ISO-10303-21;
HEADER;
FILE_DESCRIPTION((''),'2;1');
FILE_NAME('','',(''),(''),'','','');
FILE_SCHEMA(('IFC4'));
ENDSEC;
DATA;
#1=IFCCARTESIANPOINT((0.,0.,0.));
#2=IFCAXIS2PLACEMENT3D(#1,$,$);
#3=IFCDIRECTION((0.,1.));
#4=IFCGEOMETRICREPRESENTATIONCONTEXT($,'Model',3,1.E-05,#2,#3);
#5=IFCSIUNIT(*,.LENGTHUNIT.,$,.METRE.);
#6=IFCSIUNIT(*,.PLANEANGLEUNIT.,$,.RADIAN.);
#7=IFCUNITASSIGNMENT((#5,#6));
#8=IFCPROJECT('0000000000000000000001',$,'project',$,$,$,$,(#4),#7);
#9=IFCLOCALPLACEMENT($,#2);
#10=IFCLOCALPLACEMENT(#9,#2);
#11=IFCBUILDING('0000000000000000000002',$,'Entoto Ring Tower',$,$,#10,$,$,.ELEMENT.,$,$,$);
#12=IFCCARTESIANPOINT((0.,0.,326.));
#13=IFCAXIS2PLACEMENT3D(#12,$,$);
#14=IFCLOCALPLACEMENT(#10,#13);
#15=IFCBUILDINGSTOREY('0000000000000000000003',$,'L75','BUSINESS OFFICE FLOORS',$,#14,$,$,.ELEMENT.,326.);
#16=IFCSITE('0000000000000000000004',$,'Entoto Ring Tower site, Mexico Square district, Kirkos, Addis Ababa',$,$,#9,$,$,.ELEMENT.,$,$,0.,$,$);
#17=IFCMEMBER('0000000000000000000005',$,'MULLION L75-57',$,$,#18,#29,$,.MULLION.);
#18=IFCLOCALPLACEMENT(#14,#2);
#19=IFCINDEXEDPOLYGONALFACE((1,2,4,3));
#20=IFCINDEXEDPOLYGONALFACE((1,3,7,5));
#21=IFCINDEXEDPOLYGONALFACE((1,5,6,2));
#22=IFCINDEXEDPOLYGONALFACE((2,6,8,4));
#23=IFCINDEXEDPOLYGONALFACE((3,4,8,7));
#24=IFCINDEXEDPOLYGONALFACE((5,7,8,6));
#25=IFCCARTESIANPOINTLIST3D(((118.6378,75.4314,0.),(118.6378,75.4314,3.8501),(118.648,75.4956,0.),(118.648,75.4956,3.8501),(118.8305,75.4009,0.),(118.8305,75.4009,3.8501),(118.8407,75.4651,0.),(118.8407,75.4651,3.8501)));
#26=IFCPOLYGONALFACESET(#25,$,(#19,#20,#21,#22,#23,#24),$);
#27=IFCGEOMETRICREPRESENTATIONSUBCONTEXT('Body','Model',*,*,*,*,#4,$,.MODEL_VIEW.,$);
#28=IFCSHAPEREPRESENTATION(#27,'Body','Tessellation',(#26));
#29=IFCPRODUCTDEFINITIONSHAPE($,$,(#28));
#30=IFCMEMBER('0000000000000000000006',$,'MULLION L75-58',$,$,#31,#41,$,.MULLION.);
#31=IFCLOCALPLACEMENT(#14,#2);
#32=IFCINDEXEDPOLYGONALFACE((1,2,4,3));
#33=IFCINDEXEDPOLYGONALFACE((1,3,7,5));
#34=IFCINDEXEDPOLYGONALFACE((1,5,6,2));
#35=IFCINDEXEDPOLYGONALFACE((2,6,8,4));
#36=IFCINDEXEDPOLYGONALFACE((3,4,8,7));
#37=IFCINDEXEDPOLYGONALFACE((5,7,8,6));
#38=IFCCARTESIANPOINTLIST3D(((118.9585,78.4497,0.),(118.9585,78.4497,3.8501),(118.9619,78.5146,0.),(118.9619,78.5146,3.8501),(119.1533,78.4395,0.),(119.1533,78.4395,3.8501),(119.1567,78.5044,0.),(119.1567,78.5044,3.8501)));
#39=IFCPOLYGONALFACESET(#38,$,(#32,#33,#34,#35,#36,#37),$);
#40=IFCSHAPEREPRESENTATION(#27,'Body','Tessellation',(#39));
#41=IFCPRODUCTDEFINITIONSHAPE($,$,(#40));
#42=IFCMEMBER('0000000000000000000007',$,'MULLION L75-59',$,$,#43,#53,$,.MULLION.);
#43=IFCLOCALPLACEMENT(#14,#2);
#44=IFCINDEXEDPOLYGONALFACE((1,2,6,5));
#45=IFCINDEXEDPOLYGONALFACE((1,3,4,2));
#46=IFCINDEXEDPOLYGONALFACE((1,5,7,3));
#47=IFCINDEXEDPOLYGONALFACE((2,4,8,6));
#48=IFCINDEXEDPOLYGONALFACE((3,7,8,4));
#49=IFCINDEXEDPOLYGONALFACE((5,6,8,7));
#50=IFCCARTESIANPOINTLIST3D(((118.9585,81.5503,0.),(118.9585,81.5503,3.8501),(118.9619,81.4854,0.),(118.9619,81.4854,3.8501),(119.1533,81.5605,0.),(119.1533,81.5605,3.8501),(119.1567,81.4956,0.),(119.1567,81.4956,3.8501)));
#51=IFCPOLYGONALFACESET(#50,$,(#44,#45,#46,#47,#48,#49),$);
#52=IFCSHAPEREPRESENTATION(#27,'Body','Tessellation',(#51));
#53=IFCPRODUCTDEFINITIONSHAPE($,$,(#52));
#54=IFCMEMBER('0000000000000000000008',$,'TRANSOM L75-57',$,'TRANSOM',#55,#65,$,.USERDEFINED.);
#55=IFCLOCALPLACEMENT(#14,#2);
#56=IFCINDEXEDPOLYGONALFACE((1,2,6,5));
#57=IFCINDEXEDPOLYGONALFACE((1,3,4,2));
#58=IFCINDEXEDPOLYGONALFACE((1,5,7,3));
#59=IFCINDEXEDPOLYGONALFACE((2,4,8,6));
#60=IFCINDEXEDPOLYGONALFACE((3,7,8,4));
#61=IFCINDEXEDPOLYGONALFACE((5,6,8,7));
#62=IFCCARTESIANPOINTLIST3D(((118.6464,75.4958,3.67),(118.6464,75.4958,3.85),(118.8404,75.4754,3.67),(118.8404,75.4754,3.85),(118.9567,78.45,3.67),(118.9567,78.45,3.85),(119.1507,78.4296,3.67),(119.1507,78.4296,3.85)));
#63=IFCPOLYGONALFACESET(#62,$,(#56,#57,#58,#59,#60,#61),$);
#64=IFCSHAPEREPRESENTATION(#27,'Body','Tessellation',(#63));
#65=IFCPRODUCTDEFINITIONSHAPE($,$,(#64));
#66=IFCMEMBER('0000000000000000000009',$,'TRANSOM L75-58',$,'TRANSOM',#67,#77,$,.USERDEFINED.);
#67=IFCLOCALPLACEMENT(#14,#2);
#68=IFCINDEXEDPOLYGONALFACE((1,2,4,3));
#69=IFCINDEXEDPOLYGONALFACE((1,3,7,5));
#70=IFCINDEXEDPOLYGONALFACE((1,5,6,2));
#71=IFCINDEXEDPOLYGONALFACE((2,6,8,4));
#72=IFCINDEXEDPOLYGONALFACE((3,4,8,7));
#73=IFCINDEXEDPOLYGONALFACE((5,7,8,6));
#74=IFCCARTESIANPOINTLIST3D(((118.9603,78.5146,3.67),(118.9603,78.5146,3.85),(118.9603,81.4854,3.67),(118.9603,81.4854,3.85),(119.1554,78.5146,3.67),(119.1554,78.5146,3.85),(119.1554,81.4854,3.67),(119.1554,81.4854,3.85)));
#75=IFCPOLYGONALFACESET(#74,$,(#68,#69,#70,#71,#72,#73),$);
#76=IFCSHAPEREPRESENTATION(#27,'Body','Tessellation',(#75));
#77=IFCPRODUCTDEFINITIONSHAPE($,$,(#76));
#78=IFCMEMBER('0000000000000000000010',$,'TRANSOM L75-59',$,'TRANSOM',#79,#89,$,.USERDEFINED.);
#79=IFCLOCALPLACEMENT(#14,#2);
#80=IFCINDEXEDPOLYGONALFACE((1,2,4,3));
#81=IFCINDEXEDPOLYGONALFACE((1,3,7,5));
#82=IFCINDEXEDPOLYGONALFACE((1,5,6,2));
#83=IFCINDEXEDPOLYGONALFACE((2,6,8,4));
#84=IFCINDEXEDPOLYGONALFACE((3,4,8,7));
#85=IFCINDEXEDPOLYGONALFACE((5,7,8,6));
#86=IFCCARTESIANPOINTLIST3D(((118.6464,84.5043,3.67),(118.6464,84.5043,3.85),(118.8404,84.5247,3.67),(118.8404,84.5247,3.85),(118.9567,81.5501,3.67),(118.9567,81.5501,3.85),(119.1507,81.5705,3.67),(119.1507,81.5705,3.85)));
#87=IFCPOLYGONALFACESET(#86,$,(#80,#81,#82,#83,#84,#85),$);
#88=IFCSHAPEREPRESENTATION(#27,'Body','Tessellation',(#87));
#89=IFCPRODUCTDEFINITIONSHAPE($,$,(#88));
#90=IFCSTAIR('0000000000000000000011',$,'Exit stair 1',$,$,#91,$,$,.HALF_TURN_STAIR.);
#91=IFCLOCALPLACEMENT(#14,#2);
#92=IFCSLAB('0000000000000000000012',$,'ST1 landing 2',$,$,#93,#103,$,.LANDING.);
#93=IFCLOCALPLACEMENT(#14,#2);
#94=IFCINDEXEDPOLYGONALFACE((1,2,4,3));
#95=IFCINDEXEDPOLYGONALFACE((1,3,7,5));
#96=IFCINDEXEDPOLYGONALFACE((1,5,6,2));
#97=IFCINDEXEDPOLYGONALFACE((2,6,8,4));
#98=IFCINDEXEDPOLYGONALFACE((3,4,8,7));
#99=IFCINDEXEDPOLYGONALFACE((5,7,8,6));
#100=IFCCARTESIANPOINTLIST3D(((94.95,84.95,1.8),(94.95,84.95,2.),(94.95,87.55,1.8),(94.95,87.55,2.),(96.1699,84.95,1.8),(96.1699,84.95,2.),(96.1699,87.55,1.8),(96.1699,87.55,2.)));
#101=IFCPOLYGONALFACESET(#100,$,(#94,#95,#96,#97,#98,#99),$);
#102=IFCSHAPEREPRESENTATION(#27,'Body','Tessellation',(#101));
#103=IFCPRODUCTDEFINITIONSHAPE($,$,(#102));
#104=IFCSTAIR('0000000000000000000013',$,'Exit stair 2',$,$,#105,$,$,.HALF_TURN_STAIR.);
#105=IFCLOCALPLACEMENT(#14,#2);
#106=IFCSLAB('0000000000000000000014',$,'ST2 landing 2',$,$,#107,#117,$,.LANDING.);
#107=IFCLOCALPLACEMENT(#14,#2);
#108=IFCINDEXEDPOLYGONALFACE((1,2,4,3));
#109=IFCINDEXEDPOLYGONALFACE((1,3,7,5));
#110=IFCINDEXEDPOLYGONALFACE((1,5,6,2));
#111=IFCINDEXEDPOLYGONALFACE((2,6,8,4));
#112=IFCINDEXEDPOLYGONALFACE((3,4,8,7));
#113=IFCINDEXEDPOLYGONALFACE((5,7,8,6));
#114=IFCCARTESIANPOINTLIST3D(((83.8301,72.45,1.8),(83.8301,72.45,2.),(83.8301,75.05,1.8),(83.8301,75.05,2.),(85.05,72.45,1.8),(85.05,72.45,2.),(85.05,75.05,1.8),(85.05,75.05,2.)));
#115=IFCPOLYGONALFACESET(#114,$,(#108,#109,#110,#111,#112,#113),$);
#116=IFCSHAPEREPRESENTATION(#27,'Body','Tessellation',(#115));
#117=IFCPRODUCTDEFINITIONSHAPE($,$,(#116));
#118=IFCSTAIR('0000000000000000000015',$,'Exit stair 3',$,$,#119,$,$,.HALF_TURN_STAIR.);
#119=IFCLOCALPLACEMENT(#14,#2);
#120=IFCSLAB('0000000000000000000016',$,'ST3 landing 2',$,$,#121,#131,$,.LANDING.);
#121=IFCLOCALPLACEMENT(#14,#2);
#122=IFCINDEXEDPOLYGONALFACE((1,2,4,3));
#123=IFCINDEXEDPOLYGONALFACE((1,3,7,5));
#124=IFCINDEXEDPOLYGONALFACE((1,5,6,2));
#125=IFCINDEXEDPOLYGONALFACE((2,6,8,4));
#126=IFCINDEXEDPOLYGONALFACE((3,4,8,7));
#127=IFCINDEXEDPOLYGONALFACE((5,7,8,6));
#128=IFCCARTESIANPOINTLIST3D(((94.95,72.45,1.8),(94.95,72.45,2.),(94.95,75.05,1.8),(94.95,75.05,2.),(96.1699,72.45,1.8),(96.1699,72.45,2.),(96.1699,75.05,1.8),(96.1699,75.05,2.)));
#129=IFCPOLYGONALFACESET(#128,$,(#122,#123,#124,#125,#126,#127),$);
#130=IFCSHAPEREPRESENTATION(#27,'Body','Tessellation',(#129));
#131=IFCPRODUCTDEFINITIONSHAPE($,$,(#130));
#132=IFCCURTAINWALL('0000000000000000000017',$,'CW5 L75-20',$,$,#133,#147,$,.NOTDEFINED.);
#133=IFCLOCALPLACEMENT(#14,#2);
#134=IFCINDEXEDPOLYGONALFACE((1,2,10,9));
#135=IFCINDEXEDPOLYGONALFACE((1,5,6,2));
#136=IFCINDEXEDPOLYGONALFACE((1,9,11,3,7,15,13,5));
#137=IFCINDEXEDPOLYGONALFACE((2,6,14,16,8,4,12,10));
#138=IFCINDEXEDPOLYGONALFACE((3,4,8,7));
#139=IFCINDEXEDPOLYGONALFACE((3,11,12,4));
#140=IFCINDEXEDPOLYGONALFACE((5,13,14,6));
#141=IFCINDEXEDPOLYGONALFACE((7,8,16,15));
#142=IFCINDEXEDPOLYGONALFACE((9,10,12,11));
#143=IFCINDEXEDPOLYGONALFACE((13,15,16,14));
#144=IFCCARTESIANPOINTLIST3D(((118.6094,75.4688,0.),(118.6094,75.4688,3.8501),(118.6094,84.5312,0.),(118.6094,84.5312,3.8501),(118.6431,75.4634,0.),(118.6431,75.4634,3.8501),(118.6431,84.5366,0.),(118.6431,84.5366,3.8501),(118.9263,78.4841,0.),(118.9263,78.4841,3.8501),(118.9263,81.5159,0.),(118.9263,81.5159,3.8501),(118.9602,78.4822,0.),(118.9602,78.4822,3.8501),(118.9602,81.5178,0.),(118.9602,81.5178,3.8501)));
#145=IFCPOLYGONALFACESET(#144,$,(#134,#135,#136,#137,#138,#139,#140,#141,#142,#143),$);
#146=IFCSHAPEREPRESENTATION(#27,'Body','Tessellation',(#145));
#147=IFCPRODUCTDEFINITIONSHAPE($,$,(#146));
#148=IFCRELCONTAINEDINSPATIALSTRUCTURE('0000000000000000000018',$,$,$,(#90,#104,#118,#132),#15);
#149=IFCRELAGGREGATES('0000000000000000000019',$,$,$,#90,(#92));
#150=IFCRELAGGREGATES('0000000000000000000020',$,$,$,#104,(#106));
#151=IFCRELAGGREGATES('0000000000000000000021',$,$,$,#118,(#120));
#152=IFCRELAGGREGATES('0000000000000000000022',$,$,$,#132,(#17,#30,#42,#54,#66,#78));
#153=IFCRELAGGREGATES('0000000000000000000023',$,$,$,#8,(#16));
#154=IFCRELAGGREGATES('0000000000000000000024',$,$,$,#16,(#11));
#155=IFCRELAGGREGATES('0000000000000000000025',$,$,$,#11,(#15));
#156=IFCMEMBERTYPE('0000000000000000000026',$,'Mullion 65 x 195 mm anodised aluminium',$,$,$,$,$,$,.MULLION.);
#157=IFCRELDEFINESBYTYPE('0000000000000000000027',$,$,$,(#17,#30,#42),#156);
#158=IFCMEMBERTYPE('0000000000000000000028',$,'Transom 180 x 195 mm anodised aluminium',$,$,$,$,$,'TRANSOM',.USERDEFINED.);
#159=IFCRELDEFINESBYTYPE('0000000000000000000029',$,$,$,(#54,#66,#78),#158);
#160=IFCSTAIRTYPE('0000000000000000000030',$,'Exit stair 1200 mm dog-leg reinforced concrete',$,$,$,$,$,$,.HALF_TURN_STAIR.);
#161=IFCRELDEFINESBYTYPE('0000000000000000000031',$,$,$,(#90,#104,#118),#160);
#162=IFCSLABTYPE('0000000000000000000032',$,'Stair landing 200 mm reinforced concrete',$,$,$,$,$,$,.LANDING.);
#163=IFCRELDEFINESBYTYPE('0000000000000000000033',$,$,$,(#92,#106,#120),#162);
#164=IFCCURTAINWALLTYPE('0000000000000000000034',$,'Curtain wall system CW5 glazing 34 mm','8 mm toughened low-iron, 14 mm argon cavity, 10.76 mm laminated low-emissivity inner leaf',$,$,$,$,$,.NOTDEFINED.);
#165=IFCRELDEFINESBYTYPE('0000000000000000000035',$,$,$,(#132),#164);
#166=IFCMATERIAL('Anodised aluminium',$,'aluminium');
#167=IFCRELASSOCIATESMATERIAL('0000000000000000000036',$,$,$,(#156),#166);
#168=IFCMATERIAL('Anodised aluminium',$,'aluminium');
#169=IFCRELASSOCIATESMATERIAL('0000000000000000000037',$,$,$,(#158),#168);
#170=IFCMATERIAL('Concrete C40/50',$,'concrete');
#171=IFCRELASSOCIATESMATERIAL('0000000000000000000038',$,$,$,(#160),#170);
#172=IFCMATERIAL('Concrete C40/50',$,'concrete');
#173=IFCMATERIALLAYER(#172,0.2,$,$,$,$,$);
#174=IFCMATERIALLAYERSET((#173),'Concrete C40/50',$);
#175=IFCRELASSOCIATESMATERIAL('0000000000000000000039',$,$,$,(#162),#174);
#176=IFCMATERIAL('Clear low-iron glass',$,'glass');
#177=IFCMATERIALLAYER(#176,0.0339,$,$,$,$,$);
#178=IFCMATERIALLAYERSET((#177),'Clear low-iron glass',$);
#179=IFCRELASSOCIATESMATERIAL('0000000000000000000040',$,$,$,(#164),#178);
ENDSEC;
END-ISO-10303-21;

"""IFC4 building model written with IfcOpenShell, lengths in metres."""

from ifc_helpers import new_model, si_unit, direction, frame, origin, origin_2d, place, context, subcontext, project, spatial, polyline, rectangle, outline, extrude, material, layer, layer_set, material_profile, profile_set, type_object, element, aggregate, save


model = new_model("IFC4")

# Units and contexts
model_context = context("Model", 3, precision=1e-05, world=origin(), true_north=direction((0.0, 1.0)))
body_context = subcontext(model_context, "Body", "Model", "MODEL_VIEW")
ifc_project = project(units=[si_unit("LENGTHUNIT", "METRE"), si_unit("PLANEANGLEUNIT", "RADIAN")], contexts=[model_context])

# Members
ifc_material_1 = material(Name="Anodised aluminium", Category="aluminium")
ifc_material_profile_1 = material_profile(ifc_material_1, rectangle(XDim=0.0649, YDim=0.1951, at=origin_2d()), Name="Mullion 65 x 195 mm anodised aluminium")
ifc_profile_set_1 = profile_set([ifc_material_profile_1], Name="Anodised aluminium")
member_type_1 = type_object("IfcMemberType", Name="Mullion 65 x 195 mm anodised aluminium", PredefinedType="MULLION", material=ifc_profile_set_1)
site_placement = place(None, origin())
building_placement = place(site_placement, origin())
storey_placement = place(building_placement, frame((0.0, 0.0, 326.0)))
member_1_placement = place(storey_placement, frame((118.7393, 75.4482, 0.0), z_axis=(0.0, 0.0, 1.0), x_axis=(0.156434, 0.987688, 0.0)))
member_1 = element("IfcMember", 1, at=member_1_placement, type_object=member_type_1, Name="MULLION L75-57", PredefinedType="MULLION", context=body_context, shape_type="SweptSolid", body=[
    extrude(rectangle(XDim=0.0649, YDim=0.1951, at=origin_2d()), origin(), (0.0, 0.0, 1.0), 3.8501),
])
member_2_placement = place(storey_placement, frame((119.0576, 78.4771, 0.0), z_axis=(0.0, 0.0, 1.0), x_axis=(0.052336, 0.99863, 0.0)))
member_2 = element("IfcMember", 2, at=member_2_placement, type_object=member_type_1, Name="MULLION L75-58", PredefinedType="MULLION", context=body_context, shape_type="SweptSolid", body=[
    extrude(rectangle(XDim=0.0649, YDim=0.1951, at=origin_2d()), origin(), (0.0, 0.0, 1.0), 3.8501),
])
member_3_placement = place(storey_placement, frame((119.0576, 81.5229, 0.0), z_axis=(0.0, 0.0, 1.0), x_axis=(-0.052336, 0.99863, 0.0)))
member_3 = element("IfcMember", 3, at=member_3_placement, type_object=member_type_1, Name="MULLION L75-59", PredefinedType="MULLION", context=body_context, shape_type="SweptSolid", body=[
    extrude(rectangle(XDim=0.0649, YDim=0.1951, at=origin_2d()), origin(), (0.0, 0.0, 1.0), 3.8501),
])
ifc_material_2 = material(Name="Anodised aluminium", Category="aluminium")
ifc_material_profile_2 = material_profile(ifc_material_2, rectangle(XDim=0.1951, YDim=0.1799, at=origin_2d()), Name="Transom 180 x 195 mm anodised aluminium")
ifc_profile_set_2 = profile_set([ifc_material_profile_2], Name="Anodised aluminium")
member_type_2 = type_object("IfcMemberType", Name="Transom 180 x 195 mm anodised aluminium", ElementType="TRANSOM", PredefinedType="USERDEFINED", material=ifc_profile_set_2)
member_4_placement = place(storey_placement, frame((118.7434, 75.4856, 3.76), z_axis=(0.104467, 0.994528, 0.0), x_axis=(-0.994528, 0.104467, 0.0)))
member_4 = element("IfcMember", 4, at=member_4_placement, type_object=member_type_2, Name="TRANSOM L75-57", ObjectType="TRANSOM", PredefinedType="USERDEFINED", context=body_context, shape_type="SweptSolid", body=[
    extrude(rectangle(XDim=0.1951, YDim=0.1799, at=origin_2d()), origin(), (0.0, 0.0, 1.0), 2.9705),
])
member_5_placement = place(storey_placement, frame((119.0579, 78.5146, 3.76), z_axis=(0.0, 1.0, 0.0), x_axis=(-1.0, 0.0, 0.0)))
member_5 = element("IfcMember", 5, at=member_5_placement, type_object=member_type_2, Name="TRANSOM L75-58", ObjectType="TRANSOM", PredefinedType="USERDEFINED", context=body_context, shape_type="SweptSolid", body=[
    extrude(rectangle(XDim=0.1951, YDim=0.1799, at=origin_2d()), origin(), (0.0, 0.0, 1.0), 2.9707),
])
member_6_placement = place(storey_placement, frame((119.0537, 81.5603, 3.76), z_axis=(-0.104467, 0.994528, 0.0), x_axis=(-0.994528, -0.104467, 0.0)))
member_6 = element("IfcMember", 6, at=member_6_placement, type_object=member_type_2, Name="TRANSOM L75-59", ObjectType="TRANSOM", PredefinedType="USERDEFINED", context=body_context, shape_type="SweptSolid", body=[
    extrude(rectangle(XDim=0.1951, YDim=0.1799, at=origin_2d()), origin(), (0.0, 0.0, 1.0), 2.9705),
])

# Site, building, storey
site = spatial("IfcSite", under=ifc_project, at=site_placement, Name="Entoto Ring Tower site, Mexico Square district, Kirkos, Addis Ababa", CompositionType="ELEMENT", RefElevation=0.0)
building = spatial("IfcBuilding", under=site, at=building_placement, Name="Entoto Ring Tower", CompositionType="ELEMENT")
storey = spatial("IfcBuildingStorey", under=building, at=storey_placement, Name="L75", Description="BUSINESS OFFICE FLOORS", CompositionType="ELEMENT", Elevation=326.0)

# Stairs, slabs
ifc_material_3 = material(Name="Concrete C40/50", Category="concrete")
stair_type = type_object("IfcStairType", Name="Exit stair 1200 mm dog-leg reinforced concrete", PredefinedType="HALF_TURN_STAIR", material=ifc_material_3)
stair_1_placement = place(storey_placement, origin())
stair_1 = element("IfcStair", 7, at=stair_1_placement, inside=storey, type_object=stair_type, Name="Exit stair 1", PredefinedType="HALF_TURN_STAIR")
ifc_material_4 = material(Name="Concrete C40/50", Category="concrete")
ifc_layer_1 = layer(ifc_material_4, 0.2)
ifc_layer_set_1 = layer_set([ifc_layer_1], Name="Concrete C40/50")
slab_type = type_object("IfcSlabType", Name="Stair landing 200 mm reinforced concrete", PredefinedType="LANDING", material=ifc_layer_set_1)
slab_1_placement = place(storey_placement, frame((0.0, 0.0, 1.8)))
slab_1 = element("IfcSlab", 8, at=slab_1_placement, type_object=slab_type, Name="ST1 landing 2", PredefinedType="LANDING", context=body_context, shape_type="SweptSolid", body=[
    extrude(outline(polyline([(94.95, 84.95), (96.1699, 84.95), (96.1699, 87.55), (94.95, 87.55), (94.95, 84.95)])), origin(), (0.0, 0.0, 1.0), 0.2),
])
aggregate(stair_1, [slab_1])
stair_2_placement = place(storey_placement, origin())
stair_2 = element("IfcStair", 9, at=stair_2_placement, inside=storey, type_object=stair_type, Name="Exit stair 2", PredefinedType="HALF_TURN_STAIR")
slab_2_placement = place(storey_placement, frame((0.0, 0.0, 1.8)))
slab_2 = element("IfcSlab", 10, at=slab_2_placement, type_object=slab_type, Name="ST2 landing 2", PredefinedType="LANDING", context=body_context, shape_type="SweptSolid", body=[
    extrude(outline(polyline([(83.8301, 72.45), (85.05, 72.45), (85.05, 75.05), (83.8301, 75.05), (83.8301, 72.45)])), origin(), (0.0, 0.0, 1.0), 0.2),
])
aggregate(stair_2, [slab_2])
stair_3_placement = place(storey_placement, origin())
stair_3 = element("IfcStair", 11, at=stair_3_placement, inside=storey, type_object=stair_type, Name="Exit stair 3", PredefinedType="HALF_TURN_STAIR")
slab_3_placement = place(storey_placement, frame((0.0, 0.0, 1.8)))
slab_3 = element("IfcSlab", 12, at=slab_3_placement, type_object=slab_type, Name="ST3 landing 2", PredefinedType="LANDING", context=body_context, shape_type="SweptSolid", body=[
    extrude(outline(polyline([(94.95, 72.45), (96.1699, 72.45), (96.1699, 75.05), (94.95, 75.05), (94.95, 72.45)])), origin(), (0.0, 0.0, 1.0), 0.2),
])
aggregate(stair_3, [slab_3])

# Curtain wall
ifc_material_5 = material(Name="Clear low-iron glass", Category="glass")
ifc_layer_2 = layer(ifc_material_5, 0.0339)
ifc_layer_set_2 = layer_set([ifc_layer_2], Name="Clear low-iron glass")
curtain_wall_type = type_object("IfcCurtainWallType", Name="Curtain wall system CW5 glazing 34 mm", Description="8 mm toughened low-iron, 14 mm argon cavity, 10.76 mm laminated low-emissivity inner leaf", PredefinedType="NOTDEFINED", material=ifc_layer_set_2)
curtain_wall_1_placement = place(storey_placement, origin())
curtain_wall_1 = element("IfcCurtainWall", 13, at=curtain_wall_1_placement, inside=storey, type_object=curtain_wall_type, Name="CW5 L75-20", PredefinedType="NOTDEFINED", context=body_context, shape_type="SweptSolid", body=[
    extrude(outline(polyline([(118.6431, 75.4634), (118.9602, 78.4822), (118.9602, 81.5178), (118.6431, 84.5366), (118.6094, 84.5312), (118.9263, 81.5159), (118.9263, 78.4841), (118.6094, 75.4688), (118.6431, 75.4634)])), origin(), (0.0, 0.0, 1.0), 3.8501),
])
aggregate(curtain_wall_1, [member_1, member_2, member_3, member_4, member_5, member_6])

save(model, "model.ifc")
